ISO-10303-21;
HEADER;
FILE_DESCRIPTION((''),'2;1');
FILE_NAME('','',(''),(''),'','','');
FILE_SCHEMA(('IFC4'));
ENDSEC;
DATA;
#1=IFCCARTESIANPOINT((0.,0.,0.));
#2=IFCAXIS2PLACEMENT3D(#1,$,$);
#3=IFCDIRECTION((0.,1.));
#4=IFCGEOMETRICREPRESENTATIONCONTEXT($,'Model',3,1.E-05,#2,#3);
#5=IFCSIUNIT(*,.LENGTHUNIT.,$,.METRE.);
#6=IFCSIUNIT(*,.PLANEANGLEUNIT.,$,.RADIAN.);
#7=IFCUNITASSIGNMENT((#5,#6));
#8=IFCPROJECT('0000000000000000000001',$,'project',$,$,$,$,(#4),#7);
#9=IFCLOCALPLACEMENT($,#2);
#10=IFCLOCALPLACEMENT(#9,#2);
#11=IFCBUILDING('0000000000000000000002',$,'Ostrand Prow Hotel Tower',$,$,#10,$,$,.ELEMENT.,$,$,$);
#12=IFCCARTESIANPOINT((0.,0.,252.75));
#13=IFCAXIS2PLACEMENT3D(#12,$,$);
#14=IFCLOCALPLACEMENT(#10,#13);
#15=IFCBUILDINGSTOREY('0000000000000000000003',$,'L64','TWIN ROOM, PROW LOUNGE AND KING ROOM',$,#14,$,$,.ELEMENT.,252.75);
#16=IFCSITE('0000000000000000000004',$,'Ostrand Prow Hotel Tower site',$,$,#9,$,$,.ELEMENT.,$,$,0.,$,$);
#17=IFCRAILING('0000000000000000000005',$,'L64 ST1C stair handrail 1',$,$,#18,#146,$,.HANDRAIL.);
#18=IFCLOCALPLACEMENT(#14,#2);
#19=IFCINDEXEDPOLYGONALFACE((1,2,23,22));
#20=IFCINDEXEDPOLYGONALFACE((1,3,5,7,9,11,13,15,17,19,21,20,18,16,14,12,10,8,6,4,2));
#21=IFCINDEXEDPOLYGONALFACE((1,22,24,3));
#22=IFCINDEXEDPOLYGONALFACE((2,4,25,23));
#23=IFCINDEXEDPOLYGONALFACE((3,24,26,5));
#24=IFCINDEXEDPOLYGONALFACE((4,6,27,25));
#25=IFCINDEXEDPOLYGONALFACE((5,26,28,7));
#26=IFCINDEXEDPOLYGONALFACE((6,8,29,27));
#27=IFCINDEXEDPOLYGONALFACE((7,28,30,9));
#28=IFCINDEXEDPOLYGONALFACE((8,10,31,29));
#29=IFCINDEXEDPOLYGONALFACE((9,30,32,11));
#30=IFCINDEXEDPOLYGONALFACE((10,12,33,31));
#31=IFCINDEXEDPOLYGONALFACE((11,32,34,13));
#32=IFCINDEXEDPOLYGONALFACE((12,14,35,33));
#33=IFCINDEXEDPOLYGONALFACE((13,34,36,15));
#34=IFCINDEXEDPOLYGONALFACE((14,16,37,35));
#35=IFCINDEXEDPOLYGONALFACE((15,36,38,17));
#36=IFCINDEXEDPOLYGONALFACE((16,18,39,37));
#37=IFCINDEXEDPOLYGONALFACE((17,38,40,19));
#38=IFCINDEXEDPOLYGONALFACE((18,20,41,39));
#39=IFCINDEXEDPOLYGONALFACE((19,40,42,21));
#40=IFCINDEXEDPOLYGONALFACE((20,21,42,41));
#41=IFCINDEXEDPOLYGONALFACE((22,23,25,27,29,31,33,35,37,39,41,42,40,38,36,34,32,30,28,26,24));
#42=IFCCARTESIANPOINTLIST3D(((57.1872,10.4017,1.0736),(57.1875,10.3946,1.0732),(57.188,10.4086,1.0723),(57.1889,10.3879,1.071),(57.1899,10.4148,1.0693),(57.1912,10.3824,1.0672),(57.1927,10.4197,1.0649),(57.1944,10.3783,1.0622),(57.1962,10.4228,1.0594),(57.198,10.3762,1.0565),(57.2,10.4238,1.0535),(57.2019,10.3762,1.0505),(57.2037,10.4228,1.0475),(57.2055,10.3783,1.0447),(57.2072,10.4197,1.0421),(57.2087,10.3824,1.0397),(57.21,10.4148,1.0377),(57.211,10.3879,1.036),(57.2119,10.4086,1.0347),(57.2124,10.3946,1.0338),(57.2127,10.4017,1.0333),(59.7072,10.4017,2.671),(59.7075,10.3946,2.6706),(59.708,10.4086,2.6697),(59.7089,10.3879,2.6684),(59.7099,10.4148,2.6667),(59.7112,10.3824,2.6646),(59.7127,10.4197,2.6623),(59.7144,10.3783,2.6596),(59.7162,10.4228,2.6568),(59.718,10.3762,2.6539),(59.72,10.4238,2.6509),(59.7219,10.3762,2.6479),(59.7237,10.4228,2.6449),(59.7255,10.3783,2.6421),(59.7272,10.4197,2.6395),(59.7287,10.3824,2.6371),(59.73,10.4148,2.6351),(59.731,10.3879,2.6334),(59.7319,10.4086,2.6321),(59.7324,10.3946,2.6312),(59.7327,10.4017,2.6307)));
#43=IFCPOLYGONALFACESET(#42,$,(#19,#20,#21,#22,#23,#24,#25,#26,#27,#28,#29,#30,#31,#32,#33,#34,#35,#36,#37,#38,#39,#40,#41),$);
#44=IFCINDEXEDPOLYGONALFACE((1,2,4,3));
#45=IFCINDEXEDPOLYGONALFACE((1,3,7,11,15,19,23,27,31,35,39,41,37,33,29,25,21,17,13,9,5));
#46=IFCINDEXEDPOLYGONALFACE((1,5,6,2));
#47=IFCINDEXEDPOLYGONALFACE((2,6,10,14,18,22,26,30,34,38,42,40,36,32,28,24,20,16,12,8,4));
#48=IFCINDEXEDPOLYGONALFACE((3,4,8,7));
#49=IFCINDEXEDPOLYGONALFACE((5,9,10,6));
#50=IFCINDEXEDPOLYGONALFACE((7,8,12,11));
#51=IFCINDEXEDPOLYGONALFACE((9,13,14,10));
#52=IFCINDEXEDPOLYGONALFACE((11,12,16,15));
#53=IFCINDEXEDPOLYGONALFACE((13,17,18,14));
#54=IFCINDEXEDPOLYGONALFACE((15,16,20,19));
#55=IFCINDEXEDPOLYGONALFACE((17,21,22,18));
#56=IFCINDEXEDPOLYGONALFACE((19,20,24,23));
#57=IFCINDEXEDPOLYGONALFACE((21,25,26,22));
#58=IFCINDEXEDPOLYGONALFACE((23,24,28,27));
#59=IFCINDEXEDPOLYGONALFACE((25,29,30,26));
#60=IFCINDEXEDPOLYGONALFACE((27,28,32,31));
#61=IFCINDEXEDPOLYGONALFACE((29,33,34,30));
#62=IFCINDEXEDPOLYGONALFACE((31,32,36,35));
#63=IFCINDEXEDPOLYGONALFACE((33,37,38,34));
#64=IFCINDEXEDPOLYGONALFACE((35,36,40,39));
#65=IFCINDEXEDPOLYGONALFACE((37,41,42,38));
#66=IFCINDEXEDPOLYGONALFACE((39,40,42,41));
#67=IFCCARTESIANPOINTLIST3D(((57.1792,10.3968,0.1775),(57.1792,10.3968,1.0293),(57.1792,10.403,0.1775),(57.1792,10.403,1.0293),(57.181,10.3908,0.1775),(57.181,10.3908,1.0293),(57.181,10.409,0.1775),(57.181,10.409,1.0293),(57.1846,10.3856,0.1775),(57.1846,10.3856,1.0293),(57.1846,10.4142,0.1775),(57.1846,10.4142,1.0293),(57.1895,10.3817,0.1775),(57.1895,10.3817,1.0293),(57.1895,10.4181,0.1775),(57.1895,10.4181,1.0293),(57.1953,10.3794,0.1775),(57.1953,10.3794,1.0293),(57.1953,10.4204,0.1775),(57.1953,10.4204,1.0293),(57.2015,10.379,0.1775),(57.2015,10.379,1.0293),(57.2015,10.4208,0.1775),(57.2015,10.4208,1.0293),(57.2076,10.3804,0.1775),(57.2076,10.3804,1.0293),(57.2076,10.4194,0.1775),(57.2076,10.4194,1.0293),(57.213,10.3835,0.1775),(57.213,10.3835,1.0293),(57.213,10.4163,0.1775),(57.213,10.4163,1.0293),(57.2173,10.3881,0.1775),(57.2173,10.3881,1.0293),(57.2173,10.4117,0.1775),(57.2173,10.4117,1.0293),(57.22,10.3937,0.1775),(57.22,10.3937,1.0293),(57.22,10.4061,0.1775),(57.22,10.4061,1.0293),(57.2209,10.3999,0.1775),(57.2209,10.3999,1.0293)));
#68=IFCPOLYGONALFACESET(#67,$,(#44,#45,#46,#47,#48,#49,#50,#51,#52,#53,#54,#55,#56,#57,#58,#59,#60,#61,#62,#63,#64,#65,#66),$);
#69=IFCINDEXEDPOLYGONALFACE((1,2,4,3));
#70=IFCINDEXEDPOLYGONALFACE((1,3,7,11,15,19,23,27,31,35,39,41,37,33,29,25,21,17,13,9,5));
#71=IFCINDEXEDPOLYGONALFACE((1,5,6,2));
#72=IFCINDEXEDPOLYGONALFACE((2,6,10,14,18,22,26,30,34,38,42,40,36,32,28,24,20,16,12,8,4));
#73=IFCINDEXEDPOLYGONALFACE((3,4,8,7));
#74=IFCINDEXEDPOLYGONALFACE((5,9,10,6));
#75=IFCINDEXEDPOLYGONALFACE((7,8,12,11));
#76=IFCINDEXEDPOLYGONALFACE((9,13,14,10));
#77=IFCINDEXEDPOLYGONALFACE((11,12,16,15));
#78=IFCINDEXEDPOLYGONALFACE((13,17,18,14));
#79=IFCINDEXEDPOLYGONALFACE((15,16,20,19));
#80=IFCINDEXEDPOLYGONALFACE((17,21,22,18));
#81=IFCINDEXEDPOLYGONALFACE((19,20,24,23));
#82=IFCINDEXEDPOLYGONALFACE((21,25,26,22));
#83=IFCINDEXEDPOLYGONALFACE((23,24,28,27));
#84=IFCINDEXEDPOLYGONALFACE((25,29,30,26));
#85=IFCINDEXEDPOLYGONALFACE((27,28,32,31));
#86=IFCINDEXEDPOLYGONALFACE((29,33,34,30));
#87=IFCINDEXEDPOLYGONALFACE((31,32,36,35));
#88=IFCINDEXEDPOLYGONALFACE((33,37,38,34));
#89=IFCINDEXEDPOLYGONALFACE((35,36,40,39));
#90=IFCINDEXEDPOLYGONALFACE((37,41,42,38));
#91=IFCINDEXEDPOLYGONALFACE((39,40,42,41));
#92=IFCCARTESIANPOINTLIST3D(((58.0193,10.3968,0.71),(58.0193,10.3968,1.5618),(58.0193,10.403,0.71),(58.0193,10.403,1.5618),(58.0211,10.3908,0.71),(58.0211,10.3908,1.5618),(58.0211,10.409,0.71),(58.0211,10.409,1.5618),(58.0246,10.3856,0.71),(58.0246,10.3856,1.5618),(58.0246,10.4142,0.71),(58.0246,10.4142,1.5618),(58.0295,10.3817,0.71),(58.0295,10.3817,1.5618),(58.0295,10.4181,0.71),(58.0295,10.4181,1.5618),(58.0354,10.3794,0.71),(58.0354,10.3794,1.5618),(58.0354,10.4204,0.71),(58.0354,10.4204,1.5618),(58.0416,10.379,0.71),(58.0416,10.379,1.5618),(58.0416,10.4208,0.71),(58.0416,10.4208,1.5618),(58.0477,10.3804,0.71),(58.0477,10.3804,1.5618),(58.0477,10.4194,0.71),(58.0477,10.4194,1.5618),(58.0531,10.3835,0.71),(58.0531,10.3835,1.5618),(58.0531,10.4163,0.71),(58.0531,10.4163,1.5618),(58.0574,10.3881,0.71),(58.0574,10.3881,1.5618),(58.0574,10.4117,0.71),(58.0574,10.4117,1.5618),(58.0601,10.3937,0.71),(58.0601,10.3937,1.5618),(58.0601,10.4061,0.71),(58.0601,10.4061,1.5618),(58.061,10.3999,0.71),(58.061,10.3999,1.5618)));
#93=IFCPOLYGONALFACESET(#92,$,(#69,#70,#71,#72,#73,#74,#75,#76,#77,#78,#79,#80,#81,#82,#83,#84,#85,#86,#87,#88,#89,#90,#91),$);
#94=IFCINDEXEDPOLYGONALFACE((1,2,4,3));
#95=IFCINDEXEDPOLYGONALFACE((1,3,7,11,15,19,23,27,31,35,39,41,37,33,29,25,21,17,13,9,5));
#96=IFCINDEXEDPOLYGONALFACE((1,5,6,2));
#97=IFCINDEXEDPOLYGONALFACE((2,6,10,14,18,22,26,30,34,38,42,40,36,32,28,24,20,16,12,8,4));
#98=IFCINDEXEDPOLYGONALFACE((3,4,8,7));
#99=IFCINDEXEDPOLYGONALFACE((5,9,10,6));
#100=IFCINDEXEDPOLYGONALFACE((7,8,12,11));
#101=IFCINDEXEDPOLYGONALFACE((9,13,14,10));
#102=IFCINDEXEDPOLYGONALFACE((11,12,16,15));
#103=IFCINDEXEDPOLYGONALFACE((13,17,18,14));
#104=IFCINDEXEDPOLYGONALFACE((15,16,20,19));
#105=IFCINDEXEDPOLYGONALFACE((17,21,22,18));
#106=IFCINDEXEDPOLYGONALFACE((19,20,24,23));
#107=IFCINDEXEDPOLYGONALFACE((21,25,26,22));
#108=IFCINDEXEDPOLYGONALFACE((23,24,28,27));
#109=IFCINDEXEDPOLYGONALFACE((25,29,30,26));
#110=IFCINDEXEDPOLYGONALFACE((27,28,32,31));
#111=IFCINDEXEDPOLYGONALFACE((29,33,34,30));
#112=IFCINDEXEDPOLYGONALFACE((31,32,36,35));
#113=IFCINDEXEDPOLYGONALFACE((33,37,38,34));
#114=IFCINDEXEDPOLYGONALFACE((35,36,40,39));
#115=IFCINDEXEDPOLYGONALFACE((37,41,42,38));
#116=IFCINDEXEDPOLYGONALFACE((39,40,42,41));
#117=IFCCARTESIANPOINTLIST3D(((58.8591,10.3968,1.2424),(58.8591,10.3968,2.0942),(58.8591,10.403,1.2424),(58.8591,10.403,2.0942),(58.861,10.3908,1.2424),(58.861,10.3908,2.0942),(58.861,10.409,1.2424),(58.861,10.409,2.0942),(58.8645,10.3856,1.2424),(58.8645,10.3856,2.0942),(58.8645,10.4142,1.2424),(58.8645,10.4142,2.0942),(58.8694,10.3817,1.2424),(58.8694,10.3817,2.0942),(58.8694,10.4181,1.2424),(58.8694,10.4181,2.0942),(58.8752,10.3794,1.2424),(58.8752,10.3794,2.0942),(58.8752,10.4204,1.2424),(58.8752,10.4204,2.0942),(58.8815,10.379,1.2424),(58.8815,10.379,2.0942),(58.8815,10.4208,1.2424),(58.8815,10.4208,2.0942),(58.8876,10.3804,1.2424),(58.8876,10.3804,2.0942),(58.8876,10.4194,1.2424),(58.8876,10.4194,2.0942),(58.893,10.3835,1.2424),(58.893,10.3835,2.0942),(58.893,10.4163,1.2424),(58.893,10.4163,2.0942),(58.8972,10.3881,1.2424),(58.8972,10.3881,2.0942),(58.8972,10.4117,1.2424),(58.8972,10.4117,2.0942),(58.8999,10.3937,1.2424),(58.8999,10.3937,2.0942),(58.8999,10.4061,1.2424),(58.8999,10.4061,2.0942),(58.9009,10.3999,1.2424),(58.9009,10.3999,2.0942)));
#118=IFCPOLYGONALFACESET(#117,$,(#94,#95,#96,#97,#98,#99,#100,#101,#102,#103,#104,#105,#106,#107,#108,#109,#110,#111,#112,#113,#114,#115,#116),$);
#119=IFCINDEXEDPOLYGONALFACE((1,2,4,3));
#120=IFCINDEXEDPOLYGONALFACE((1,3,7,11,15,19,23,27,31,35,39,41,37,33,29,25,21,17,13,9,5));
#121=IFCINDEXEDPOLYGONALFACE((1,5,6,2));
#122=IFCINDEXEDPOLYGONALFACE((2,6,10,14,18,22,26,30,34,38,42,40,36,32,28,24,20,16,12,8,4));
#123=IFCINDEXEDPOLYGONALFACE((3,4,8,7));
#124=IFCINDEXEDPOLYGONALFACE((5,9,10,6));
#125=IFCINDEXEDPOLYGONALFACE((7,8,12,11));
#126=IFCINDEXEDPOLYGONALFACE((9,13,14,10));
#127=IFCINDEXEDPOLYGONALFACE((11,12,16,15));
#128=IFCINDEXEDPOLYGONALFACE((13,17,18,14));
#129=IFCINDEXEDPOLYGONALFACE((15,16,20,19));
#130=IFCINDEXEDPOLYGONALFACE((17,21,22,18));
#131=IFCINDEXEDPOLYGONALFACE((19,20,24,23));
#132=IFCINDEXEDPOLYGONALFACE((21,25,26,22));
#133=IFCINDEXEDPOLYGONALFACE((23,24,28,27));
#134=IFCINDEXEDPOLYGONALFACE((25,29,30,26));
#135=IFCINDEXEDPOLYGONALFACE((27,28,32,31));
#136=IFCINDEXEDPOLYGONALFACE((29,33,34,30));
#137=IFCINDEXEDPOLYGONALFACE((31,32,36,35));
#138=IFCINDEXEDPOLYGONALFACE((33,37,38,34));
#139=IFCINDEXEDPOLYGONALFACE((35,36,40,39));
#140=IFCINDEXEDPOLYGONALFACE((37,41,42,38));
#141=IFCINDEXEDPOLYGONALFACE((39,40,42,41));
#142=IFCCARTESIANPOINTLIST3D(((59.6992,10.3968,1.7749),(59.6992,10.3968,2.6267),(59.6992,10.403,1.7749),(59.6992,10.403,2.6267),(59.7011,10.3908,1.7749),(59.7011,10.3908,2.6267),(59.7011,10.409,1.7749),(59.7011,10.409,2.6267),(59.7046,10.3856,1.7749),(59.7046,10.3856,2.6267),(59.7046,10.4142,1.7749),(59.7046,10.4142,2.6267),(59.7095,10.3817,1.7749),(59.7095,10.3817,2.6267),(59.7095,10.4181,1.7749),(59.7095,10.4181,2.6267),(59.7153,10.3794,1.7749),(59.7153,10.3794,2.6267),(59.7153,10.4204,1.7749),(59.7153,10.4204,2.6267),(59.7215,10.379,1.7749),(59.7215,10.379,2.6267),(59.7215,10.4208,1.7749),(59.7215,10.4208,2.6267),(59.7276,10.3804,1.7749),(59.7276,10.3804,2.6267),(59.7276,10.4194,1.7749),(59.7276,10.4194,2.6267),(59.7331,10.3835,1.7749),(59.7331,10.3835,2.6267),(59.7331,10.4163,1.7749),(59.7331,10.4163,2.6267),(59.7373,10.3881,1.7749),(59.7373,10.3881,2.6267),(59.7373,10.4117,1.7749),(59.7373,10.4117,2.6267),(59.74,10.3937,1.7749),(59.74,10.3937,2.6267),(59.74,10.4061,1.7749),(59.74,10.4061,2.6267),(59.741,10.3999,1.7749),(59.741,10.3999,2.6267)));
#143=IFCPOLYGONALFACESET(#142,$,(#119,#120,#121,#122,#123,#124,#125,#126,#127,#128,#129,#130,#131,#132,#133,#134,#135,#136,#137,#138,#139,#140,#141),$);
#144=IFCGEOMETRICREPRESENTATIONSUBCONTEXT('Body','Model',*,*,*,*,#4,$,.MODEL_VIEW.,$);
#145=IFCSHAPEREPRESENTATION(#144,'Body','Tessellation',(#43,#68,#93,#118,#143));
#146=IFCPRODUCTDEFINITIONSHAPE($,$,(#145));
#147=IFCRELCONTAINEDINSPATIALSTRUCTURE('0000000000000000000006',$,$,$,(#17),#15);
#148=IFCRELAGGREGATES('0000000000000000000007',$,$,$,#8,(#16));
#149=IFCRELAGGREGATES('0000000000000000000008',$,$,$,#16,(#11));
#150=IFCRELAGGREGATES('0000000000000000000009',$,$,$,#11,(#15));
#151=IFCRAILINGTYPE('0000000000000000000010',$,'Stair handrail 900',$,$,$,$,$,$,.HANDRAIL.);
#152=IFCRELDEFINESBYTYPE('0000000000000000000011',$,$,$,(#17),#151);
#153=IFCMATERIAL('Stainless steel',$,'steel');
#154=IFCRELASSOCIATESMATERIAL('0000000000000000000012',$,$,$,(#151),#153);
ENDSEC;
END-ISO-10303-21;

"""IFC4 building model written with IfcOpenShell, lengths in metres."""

from ifc_helpers import new_model, si_unit, direction, frame, origin, origin_2d, place, context, subcontext, project, spatial, circle, extrude, material, type_object, element, save


model = new_model("IFC4")

# Units and contexts
model_context = context("Model", 3, precision=1e-05, world=origin(), true_north=direction((0.0, 1.0)))
body_context = subcontext(model_context, "Body", "Model", "MODEL_VIEW")
ifc_project = project(units=[si_unit("LENGTHUNIT", "METRE"), si_unit("PLANEANGLEUNIT", "RADIAN")], contexts=[model_context])

# Site, building, storey
site_placement = place(None, origin())
site = spatial("IfcSite", under=ifc_project, at=site_placement, Name="Ostrand Prow Hotel Tower site", CompositionType="ELEMENT", RefElevation=0.0)
building_placement = place(site_placement, origin())
building = spatial("IfcBuilding", under=site, at=building_placement, Name="Ostrand Prow Hotel Tower", CompositionType="ELEMENT")
storey_placement = place(building_placement, frame((0.0, 0.0, 252.75)))
storey = spatial("IfcBuildingStorey", under=building, at=storey_placement, Name="L64", Description="TWIN ROOM, PROW LOUNGE AND KING ROOM", CompositionType="ELEMENT", Elevation=252.75)

# Railing
ifc_material_1 = material(Name="Stainless steel", Category="steel")
railing_type_1 = type_object("IfcRailingType", Name="Stair handrail 900", PredefinedType="HANDRAIL", material=ifc_material_1)
railing_1_placement = place(storey_placement, frame((57.2, 10.3999, 0.1775)))
element("IfcRailing", 1, at=railing_1_placement, inside=storey, type_object=railing_type_1, Name="L64 ST1C stair handrail 1", PredefinedType="HANDRAIL", context=body_context, shape_type="SweptSolid", body=[
    extrude(circle(Radius=0.0239, at=origin_2d()), frame((0.0, 0.0, 0.876), z_axis=(0.844607, 0.0, 0.535387), x_axis=(0.0, 1.0, 0.0)), (0.0, 0.0, 1.0), 2.9836),
    extrude(circle(Radius=0.021, at=origin_2d()), origin(), (0.0, 0.0, 1.0), 0.8518),
    extrude(circle(Radius=0.021, at=origin_2d()), frame((0.8401, 0.0, 0.5325)), (0.0, 0.0, 1.0), 0.8518),
    extrude(circle(Radius=0.021, at=origin_2d()), frame((1.6799, 0.0, 1.0649)), (0.0, 0.0, 1.0), 0.8518),
    extrude(circle(Radius=0.021, at=origin_2d()), frame((2.52, 0.0, 1.5974)), (0.0, 0.0, 1.0), 0.8518),
])

save(model, "model.ifc")
